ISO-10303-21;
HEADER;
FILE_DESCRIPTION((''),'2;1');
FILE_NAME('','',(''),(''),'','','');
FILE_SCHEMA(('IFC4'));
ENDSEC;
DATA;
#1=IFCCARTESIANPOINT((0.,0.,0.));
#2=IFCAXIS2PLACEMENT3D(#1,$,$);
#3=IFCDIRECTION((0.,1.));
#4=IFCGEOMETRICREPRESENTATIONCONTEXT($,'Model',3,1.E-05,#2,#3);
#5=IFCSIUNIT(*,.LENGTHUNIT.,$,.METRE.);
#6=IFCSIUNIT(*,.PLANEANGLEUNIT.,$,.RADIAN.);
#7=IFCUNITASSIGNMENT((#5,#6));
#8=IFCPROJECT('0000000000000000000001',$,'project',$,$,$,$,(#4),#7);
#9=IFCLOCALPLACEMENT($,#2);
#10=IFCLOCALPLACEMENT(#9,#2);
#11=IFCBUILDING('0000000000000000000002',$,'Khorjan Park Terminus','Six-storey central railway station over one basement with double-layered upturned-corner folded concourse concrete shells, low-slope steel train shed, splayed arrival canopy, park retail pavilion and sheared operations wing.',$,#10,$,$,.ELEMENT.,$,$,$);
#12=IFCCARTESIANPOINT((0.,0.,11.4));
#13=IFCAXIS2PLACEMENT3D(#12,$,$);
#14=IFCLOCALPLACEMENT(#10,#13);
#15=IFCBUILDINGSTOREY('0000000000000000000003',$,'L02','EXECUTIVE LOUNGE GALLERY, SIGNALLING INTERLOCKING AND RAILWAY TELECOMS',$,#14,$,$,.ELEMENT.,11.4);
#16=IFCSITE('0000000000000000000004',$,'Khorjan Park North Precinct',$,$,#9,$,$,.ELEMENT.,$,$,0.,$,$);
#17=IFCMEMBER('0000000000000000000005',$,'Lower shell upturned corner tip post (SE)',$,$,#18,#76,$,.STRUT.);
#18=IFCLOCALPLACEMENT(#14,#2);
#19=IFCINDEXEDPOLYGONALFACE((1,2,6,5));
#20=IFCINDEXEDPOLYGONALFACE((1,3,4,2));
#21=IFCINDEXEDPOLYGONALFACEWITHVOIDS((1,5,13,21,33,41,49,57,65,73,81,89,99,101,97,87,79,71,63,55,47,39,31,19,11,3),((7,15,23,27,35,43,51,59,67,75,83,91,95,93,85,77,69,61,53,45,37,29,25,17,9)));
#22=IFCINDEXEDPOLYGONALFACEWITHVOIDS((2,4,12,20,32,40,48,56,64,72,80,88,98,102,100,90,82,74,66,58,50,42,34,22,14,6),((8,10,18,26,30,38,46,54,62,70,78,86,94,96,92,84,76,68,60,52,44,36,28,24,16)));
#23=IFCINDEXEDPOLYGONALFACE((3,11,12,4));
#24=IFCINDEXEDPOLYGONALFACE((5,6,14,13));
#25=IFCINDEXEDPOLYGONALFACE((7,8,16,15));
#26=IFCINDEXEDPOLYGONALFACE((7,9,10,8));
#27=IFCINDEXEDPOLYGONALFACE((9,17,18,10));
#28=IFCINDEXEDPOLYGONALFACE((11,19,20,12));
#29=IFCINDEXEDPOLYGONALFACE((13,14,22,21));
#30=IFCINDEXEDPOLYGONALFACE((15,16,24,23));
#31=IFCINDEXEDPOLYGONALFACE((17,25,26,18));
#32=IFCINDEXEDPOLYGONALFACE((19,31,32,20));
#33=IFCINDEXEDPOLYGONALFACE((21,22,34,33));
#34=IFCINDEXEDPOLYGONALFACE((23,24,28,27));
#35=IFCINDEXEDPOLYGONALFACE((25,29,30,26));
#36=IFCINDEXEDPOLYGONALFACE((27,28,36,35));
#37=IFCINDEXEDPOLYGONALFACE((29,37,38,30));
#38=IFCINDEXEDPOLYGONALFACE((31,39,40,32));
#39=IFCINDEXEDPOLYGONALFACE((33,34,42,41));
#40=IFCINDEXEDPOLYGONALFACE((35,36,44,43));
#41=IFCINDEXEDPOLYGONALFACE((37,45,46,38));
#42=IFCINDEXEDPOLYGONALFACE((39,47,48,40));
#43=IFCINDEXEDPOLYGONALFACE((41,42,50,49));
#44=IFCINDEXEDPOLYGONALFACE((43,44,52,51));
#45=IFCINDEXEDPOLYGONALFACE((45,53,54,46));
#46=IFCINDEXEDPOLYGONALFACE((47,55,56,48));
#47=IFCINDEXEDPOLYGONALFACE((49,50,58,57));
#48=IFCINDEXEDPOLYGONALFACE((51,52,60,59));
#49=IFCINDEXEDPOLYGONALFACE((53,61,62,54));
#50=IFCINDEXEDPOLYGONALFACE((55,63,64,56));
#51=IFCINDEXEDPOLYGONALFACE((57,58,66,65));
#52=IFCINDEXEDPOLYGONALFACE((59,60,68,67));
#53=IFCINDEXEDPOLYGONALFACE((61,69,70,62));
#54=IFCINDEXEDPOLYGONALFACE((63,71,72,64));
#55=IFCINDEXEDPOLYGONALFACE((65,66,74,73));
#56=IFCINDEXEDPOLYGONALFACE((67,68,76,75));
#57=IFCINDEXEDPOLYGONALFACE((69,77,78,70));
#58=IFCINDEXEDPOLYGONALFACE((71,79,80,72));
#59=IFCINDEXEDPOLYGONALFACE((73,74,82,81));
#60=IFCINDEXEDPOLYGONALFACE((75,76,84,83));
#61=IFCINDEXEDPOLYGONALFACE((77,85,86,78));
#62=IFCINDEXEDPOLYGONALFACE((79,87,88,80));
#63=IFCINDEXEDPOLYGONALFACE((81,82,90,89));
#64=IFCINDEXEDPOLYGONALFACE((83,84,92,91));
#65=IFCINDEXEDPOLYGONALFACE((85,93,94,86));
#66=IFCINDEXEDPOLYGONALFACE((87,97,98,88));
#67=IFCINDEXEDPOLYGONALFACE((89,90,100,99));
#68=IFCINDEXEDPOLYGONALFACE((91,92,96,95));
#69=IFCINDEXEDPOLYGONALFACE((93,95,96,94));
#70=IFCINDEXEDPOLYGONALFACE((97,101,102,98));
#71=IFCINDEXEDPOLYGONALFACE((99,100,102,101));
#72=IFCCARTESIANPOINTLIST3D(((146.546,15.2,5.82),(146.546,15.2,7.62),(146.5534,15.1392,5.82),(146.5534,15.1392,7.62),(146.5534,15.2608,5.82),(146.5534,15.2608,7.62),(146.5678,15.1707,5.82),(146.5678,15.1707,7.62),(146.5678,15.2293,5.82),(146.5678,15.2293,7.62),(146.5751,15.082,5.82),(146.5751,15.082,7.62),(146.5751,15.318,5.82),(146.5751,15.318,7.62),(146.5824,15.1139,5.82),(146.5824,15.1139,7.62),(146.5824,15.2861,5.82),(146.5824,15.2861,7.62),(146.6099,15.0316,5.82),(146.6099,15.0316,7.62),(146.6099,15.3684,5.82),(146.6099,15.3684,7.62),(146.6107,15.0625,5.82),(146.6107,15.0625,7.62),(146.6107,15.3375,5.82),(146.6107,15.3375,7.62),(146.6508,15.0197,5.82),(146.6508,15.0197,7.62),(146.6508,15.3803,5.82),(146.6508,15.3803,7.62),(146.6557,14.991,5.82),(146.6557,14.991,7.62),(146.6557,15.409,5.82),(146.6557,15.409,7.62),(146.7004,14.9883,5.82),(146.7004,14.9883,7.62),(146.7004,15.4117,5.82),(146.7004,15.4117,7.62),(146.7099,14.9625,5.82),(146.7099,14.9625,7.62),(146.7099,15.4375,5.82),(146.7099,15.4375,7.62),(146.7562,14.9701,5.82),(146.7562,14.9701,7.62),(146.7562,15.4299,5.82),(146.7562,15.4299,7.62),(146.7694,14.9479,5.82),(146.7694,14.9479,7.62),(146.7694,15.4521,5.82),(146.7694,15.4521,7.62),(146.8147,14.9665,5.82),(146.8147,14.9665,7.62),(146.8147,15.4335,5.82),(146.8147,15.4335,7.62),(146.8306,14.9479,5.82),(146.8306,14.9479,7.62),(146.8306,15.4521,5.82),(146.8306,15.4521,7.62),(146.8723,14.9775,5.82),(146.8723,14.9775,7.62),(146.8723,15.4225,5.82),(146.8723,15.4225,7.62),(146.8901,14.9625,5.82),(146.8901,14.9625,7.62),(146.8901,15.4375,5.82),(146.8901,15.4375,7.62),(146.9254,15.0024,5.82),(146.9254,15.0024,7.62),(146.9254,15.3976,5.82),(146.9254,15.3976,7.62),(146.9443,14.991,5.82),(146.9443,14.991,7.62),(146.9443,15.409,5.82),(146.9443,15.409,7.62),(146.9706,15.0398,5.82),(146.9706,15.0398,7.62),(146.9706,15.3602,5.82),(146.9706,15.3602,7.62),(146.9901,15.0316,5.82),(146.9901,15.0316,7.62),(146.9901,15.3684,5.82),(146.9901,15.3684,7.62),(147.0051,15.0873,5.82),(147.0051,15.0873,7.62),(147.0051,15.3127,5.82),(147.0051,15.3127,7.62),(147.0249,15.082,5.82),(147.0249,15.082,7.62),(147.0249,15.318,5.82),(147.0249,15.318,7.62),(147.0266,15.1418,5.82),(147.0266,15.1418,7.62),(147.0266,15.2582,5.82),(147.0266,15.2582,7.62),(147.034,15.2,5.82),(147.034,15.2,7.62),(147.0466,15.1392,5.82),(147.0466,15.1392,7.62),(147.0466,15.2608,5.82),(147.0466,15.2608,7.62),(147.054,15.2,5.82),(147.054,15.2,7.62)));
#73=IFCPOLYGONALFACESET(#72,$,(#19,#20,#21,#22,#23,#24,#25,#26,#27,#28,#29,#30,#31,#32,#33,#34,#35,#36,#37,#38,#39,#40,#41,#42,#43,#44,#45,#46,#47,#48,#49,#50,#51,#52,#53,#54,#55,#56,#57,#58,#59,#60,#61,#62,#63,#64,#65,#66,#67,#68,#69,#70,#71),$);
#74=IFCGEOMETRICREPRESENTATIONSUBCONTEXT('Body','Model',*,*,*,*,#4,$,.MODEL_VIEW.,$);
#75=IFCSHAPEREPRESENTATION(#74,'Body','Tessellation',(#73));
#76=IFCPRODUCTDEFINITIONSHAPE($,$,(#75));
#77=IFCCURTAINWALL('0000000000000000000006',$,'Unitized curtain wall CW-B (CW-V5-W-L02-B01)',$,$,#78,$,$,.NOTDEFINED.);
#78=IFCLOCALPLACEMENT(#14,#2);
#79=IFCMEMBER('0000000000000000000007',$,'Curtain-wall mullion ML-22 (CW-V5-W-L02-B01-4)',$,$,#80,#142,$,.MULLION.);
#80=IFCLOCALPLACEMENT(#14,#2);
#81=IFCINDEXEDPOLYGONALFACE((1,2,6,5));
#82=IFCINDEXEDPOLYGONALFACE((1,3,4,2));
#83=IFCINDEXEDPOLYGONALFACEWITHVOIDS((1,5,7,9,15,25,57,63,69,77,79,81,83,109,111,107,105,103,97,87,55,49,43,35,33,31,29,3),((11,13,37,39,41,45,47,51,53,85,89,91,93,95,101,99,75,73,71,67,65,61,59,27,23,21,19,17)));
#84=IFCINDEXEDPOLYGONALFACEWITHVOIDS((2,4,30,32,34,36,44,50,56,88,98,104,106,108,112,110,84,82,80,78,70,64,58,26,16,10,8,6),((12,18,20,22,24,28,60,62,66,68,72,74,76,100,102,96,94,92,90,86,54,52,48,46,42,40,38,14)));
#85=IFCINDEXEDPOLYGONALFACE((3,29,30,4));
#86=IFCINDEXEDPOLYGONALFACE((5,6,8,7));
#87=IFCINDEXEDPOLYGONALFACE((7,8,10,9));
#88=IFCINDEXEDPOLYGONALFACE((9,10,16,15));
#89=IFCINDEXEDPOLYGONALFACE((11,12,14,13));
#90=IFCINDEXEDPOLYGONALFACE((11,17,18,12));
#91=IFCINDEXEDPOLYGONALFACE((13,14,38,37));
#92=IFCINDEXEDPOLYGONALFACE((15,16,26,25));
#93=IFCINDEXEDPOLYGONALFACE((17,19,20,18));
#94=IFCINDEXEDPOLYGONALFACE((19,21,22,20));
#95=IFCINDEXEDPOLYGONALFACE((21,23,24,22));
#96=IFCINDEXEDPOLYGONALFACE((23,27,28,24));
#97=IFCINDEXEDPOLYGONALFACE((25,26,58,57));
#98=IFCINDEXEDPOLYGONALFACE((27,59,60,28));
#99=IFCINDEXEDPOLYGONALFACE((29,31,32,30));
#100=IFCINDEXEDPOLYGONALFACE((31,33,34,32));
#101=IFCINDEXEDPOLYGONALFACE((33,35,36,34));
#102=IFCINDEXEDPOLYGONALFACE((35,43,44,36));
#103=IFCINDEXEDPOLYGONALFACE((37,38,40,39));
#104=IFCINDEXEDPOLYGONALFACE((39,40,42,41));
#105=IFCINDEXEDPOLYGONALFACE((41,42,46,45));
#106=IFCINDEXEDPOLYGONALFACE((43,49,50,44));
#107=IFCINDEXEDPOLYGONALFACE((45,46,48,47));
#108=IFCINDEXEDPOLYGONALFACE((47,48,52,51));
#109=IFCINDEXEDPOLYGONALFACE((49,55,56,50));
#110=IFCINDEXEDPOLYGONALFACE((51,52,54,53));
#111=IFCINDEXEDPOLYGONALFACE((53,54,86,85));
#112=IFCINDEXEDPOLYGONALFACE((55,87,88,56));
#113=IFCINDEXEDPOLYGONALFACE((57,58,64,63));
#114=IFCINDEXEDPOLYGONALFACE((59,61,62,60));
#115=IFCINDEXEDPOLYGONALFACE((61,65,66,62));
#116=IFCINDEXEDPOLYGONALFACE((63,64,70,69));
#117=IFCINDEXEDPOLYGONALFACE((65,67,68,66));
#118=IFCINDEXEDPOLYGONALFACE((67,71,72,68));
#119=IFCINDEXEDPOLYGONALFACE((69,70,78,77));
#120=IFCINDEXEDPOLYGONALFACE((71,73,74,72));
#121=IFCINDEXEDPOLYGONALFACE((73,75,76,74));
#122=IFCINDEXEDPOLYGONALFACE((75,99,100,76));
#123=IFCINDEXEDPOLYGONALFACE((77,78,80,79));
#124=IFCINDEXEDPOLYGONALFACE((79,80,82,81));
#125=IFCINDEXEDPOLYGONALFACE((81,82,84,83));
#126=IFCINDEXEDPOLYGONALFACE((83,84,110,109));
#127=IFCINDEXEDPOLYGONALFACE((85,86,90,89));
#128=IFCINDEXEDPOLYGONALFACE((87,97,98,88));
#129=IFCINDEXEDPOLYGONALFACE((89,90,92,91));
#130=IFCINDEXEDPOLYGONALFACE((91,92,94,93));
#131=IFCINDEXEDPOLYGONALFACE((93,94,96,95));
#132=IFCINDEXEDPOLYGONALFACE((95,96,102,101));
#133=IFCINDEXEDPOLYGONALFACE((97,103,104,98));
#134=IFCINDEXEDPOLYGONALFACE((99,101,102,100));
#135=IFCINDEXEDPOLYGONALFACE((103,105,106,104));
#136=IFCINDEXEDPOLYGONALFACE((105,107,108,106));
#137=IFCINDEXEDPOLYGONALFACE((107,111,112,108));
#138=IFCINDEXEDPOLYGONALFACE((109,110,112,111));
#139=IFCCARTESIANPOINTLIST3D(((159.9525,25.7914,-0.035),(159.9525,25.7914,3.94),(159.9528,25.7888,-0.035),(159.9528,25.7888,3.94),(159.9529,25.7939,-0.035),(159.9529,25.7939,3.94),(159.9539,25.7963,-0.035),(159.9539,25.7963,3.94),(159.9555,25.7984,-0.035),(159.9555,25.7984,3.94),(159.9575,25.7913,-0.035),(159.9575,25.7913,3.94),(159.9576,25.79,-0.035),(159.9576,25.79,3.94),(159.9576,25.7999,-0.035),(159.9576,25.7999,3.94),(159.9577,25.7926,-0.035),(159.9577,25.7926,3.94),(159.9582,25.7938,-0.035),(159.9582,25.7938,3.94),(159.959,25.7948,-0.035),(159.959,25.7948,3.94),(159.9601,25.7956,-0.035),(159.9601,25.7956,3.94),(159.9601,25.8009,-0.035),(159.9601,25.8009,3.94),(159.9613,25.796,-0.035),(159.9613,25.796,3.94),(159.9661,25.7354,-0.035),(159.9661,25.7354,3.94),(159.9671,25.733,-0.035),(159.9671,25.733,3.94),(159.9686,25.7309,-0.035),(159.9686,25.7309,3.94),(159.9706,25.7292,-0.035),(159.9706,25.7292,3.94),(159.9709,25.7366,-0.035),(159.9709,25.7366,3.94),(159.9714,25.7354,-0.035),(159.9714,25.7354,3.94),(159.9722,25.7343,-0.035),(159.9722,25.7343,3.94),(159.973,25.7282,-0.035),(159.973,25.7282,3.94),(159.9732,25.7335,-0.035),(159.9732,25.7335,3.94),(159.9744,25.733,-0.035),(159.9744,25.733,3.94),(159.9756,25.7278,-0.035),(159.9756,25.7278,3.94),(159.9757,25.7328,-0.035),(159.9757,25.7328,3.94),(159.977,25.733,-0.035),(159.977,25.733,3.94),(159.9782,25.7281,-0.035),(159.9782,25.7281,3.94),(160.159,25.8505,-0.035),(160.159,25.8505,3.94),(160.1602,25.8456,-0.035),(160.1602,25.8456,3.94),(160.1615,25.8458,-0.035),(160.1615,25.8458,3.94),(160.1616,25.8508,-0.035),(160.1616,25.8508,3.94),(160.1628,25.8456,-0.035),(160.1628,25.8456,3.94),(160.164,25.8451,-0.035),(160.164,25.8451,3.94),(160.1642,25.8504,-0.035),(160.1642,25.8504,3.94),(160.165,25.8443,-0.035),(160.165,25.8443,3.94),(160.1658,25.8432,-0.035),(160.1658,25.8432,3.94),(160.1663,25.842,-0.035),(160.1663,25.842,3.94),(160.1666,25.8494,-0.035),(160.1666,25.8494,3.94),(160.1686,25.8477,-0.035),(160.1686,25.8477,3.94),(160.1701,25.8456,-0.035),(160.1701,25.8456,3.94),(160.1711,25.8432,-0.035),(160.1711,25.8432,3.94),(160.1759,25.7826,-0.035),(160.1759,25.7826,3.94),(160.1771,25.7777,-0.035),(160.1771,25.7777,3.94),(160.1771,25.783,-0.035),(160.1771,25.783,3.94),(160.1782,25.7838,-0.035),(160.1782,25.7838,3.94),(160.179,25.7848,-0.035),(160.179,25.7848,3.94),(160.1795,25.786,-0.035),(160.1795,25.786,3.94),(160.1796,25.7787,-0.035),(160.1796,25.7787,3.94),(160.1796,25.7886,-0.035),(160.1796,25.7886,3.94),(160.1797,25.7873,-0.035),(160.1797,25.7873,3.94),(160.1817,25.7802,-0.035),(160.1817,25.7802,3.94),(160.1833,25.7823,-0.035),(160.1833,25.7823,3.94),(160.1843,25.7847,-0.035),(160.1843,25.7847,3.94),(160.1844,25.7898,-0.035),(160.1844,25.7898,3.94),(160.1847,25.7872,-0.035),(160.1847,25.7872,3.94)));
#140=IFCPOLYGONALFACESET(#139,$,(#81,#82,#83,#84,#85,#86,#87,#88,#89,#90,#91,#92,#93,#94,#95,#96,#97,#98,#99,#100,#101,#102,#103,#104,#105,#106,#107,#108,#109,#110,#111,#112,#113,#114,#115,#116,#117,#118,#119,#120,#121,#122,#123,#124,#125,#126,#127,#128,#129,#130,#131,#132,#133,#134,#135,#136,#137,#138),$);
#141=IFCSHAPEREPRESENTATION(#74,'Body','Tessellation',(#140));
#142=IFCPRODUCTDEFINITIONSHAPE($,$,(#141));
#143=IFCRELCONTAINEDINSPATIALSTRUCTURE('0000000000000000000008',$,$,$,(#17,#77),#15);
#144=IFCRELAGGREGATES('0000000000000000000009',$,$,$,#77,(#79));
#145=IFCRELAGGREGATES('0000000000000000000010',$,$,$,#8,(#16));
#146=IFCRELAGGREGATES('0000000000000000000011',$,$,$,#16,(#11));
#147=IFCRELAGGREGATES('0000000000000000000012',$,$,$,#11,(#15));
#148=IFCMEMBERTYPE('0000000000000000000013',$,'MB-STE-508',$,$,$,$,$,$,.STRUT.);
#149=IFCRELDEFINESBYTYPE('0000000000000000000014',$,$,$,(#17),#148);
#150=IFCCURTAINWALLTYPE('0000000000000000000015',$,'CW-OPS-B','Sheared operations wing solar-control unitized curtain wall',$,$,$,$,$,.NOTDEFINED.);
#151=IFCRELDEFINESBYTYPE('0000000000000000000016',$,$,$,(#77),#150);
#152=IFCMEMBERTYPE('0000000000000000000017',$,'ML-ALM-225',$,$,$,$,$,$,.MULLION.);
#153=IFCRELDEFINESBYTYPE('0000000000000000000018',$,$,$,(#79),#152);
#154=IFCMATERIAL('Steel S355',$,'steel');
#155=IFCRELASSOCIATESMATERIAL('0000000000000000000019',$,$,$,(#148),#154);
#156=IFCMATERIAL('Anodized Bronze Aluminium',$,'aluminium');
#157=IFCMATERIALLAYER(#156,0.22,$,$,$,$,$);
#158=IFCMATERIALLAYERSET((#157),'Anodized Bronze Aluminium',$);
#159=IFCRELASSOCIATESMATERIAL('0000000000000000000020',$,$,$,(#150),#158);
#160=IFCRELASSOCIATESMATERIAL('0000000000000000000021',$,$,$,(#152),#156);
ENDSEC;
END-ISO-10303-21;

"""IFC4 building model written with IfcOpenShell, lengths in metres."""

from ifc_helpers import new_model, si_unit, direction, frame, origin, origin_2d, place, context, subcontext, project, spatial, hollow_rectangle, hollow_circle, extrude, material, layer, layer_set, material_profile, profile_set, type_object, element, aggregate, save


model = new_model("IFC4")

# Units and contexts
model_context = context("Model", 3, precision=1e-05, world=origin(), true_north=direction((0.0, 1.0)))
body_context = subcontext(model_context, "Body", "Model", "MODEL_VIEW")
ifc_project = project(units=[si_unit("LENGTHUNIT", "METRE"), si_unit("PLANEANGLEUNIT", "RADIAN")], contexts=[model_context])

# Site, building, storey
site_placement = place(None, origin())
site = spatial("IfcSite", under=ifc_project, at=site_placement, Name="Khorjan Park North Precinct", CompositionType="ELEMENT", RefElevation=0.0)
building_placement = place(site_placement, origin())
building = spatial("IfcBuilding", under=site, at=building_placement, Name="Khorjan Park Terminus", Description="Six-storey central railway station over one basement with double-layered upturned-corner folded concourse concrete shells, low-slope steel train shed, splayed arrival canopy, park retail pavilion and sheared operations wing.", CompositionType="ELEMENT")
storey_placement = place(building_placement, frame((0.0, 0.0, 11.4)))
storey = spatial("IfcBuildingStorey", under=building, at=storey_placement, Name="L02", Description="EXECUTIVE LOUNGE GALLERY, SIGNALLING INTERLOCKING AND RAILWAY TELECOMS", CompositionType="ELEMENT", Elevation=11.4)

# Member
ifc_material_1 = material(Name="Steel S355", Category="steel")
ifc_material_profile_1 = material_profile(ifc_material_1, hollow_circle(Radius=0.254, WallThickness=0.02, at=origin_2d()), Name="CHS 508x20")
ifc_profile_set_1 = profile_set([ifc_material_profile_1], Name="Steel S355")
member_type_1 = type_object("IfcMemberType", Name="MB-STE-508", PredefinedType="STRUT", material=ifc_profile_set_1)
member_1_placement = place(storey_placement, frame((146.8, 15.2, 5.82), z_axis=(0.0, 0.0, 1.0), x_axis=(1.0, 0.0, 0.0)))
element("IfcMember", 1, at=member_1_placement, inside=storey, type_object=member_type_1, Name="Lower shell upturned corner tip post (SE)", PredefinedType="STRUT", context=body_context, shape_type="SweptSolid", body=[
    extrude(hollow_circle(Radius=0.254, WallThickness=0.02, at=origin_2d()), origin(), (0.0, 0.0, 1.0), 1.8),
])

# Curtain wall, member
ifc_material_2 = material(Name="Anodized Bronze Aluminium", Category="aluminium")
ifc_layer_1 = layer(ifc_material_2, 0.22)
ifc_layer_set_1 = layer_set([ifc_layer_1], Name="Anodized Bronze Aluminium")
curtain_wall_type = type_object("IfcCurtainWallType", Name="CW-OPS-B", Description="Sheared operations wing solar-control unitized curtain wall", PredefinedType="NOTDEFINED", material=ifc_layer_set_1)
curtain_wall_placement = place(storey_placement, origin())
curtain_wall = element("IfcCurtainWall", 2, at=curtain_wall_placement, inside=storey, type_object=curtain_wall_type, Name="Unitized curtain wall CW-B (CW-V5-W-L02-B01)", PredefinedType="NOTDEFINED")
ifc_material_profile_2 = material_profile(ifc_material_2, hollow_rectangle(XDim=0.075, YDim=0.225, WallThickness=0.005, InnerFilletRadius=0.005, OuterFilletRadius=0.01, at=origin_2d()), Name="ALM 75x225x5")
ifc_profile_set_2 = profile_set([ifc_material_profile_2], Name="Anodized Bronze Aluminium")
member_type_2 = type_object("IfcMemberType", Name="ML-ALM-225", PredefinedType="MULLION", material=ifc_profile_set_2)
member_2_placement = place(storey_placement, frame((160.0686, 25.7893, -0.035), z_axis=(0.0, 0.0, 1.0), x_axis=(0.241915, -0.970297, 0.0)))
member_2 = element("IfcMember", 3, at=member_2_placement, type_object=member_type_2, Name="Curtain-wall mullion ML-22 (CW-V5-W-L02-B01-4)", PredefinedType="MULLION", context=body_context, shape_type="SweptSolid", body=[
    extrude(hollow_rectangle(XDim=0.075, YDim=0.225, WallThickness=0.005, InnerFilletRadius=0.005, OuterFilletRadius=0.01, at=origin_2d()), origin(), (0.0, 0.0, 1.0), 3.975),
])

aggregate(curtain_wall, [member_2])

save(model, "model.ifc")
